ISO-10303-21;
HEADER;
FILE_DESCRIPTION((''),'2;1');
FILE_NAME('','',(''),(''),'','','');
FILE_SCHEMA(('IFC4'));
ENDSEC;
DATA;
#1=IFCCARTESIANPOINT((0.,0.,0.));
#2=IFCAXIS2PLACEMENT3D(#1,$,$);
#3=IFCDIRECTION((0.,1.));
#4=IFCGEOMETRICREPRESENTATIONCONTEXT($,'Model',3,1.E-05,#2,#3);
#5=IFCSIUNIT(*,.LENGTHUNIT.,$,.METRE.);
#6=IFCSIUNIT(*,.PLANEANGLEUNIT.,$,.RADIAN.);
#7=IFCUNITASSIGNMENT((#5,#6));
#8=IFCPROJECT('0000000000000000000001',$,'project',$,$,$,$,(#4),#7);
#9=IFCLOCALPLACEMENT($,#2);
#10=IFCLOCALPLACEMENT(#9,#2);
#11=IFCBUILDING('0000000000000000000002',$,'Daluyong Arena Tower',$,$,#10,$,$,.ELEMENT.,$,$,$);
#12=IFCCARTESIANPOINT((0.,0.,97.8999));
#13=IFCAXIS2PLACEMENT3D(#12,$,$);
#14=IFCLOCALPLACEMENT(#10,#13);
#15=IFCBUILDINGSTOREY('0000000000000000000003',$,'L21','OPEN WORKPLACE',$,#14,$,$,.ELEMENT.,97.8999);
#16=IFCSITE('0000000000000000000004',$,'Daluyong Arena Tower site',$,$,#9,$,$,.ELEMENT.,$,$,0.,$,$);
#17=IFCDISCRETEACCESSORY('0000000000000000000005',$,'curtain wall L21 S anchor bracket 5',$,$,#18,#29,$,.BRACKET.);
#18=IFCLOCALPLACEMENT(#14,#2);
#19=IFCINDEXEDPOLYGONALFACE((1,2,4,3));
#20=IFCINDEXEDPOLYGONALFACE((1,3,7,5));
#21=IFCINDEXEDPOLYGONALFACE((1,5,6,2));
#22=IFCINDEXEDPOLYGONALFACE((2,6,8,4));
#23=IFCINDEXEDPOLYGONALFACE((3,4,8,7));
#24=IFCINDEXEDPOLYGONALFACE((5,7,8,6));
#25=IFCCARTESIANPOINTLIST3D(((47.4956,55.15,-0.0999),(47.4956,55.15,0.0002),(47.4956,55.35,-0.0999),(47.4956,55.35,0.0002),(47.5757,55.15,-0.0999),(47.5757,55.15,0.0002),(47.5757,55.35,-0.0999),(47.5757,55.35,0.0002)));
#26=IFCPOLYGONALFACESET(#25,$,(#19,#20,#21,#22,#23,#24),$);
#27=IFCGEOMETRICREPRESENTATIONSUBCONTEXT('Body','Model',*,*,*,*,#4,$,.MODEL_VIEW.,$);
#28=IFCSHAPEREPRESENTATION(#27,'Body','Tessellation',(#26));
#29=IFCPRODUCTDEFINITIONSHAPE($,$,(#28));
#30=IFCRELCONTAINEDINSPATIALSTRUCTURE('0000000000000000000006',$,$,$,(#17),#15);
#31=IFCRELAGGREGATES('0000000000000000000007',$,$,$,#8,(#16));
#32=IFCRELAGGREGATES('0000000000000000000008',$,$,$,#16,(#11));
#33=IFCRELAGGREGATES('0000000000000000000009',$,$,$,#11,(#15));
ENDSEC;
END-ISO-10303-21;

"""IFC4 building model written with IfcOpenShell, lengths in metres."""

from ifc_helpers import new_model, si_unit, direction, frame, origin, origin_2d, place, context, subcontext, project, spatial, rectangle, extrude, element, save


model = new_model("IFC4")

# Units and contexts
model_context = context("Model", 3, precision=1e-05, world=origin(), true_north=direction((0.0, 1.0)))
body_context = subcontext(model_context, "Body", "Model", "MODEL_VIEW")
ifc_project = project(units=[si_unit("LENGTHUNIT", "METRE"), si_unit("PLANEANGLEUNIT", "RADIAN")], contexts=[model_context])

# Site, building, storey
site_placement = place(None, origin())
site = spatial("IfcSite", under=ifc_project, at=site_placement, Name="Daluyong Arena Tower site", CompositionType="ELEMENT", RefElevation=0.0)
building_placement = place(site_placement, origin())
building = spatial("IfcBuilding", under=site, at=building_placement, Name="Daluyong Arena Tower", CompositionType="ELEMENT")
storey_placement = place(building_placement, frame((0.0, 0.0, 97.8999)))
storey = spatial("IfcBuildingStorey", under=building, at=storey_placement, Name="L21", Description="OPEN WORKPLACE", CompositionType="ELEMENT", Elevation=97.8999)

# Discrete accessory
for number, where, z_axis, x_axis, name in (
    (1, (47.5356, 55.25, -0.0999), (0.0, 0.0, 1.0), (1.0, 0.0, 0.0), "curtain wall L21 S anchor bracket 5"),
):
    element("IfcDiscreteAccessory", number, at=place(storey_placement, frame(where, z_axis=z_axis, x_axis=x_axis)), inside=storey, Name=name, PredefinedType="BRACKET", context=body_context, shape_type="SweptSolid", body=[
        extrude(rectangle(XDim=0.0801, YDim=0.2, at=origin_2d()), origin(), (0.0, 0.0, 1.0), 0.1001),
    ])

save(model, "model.ifc")
